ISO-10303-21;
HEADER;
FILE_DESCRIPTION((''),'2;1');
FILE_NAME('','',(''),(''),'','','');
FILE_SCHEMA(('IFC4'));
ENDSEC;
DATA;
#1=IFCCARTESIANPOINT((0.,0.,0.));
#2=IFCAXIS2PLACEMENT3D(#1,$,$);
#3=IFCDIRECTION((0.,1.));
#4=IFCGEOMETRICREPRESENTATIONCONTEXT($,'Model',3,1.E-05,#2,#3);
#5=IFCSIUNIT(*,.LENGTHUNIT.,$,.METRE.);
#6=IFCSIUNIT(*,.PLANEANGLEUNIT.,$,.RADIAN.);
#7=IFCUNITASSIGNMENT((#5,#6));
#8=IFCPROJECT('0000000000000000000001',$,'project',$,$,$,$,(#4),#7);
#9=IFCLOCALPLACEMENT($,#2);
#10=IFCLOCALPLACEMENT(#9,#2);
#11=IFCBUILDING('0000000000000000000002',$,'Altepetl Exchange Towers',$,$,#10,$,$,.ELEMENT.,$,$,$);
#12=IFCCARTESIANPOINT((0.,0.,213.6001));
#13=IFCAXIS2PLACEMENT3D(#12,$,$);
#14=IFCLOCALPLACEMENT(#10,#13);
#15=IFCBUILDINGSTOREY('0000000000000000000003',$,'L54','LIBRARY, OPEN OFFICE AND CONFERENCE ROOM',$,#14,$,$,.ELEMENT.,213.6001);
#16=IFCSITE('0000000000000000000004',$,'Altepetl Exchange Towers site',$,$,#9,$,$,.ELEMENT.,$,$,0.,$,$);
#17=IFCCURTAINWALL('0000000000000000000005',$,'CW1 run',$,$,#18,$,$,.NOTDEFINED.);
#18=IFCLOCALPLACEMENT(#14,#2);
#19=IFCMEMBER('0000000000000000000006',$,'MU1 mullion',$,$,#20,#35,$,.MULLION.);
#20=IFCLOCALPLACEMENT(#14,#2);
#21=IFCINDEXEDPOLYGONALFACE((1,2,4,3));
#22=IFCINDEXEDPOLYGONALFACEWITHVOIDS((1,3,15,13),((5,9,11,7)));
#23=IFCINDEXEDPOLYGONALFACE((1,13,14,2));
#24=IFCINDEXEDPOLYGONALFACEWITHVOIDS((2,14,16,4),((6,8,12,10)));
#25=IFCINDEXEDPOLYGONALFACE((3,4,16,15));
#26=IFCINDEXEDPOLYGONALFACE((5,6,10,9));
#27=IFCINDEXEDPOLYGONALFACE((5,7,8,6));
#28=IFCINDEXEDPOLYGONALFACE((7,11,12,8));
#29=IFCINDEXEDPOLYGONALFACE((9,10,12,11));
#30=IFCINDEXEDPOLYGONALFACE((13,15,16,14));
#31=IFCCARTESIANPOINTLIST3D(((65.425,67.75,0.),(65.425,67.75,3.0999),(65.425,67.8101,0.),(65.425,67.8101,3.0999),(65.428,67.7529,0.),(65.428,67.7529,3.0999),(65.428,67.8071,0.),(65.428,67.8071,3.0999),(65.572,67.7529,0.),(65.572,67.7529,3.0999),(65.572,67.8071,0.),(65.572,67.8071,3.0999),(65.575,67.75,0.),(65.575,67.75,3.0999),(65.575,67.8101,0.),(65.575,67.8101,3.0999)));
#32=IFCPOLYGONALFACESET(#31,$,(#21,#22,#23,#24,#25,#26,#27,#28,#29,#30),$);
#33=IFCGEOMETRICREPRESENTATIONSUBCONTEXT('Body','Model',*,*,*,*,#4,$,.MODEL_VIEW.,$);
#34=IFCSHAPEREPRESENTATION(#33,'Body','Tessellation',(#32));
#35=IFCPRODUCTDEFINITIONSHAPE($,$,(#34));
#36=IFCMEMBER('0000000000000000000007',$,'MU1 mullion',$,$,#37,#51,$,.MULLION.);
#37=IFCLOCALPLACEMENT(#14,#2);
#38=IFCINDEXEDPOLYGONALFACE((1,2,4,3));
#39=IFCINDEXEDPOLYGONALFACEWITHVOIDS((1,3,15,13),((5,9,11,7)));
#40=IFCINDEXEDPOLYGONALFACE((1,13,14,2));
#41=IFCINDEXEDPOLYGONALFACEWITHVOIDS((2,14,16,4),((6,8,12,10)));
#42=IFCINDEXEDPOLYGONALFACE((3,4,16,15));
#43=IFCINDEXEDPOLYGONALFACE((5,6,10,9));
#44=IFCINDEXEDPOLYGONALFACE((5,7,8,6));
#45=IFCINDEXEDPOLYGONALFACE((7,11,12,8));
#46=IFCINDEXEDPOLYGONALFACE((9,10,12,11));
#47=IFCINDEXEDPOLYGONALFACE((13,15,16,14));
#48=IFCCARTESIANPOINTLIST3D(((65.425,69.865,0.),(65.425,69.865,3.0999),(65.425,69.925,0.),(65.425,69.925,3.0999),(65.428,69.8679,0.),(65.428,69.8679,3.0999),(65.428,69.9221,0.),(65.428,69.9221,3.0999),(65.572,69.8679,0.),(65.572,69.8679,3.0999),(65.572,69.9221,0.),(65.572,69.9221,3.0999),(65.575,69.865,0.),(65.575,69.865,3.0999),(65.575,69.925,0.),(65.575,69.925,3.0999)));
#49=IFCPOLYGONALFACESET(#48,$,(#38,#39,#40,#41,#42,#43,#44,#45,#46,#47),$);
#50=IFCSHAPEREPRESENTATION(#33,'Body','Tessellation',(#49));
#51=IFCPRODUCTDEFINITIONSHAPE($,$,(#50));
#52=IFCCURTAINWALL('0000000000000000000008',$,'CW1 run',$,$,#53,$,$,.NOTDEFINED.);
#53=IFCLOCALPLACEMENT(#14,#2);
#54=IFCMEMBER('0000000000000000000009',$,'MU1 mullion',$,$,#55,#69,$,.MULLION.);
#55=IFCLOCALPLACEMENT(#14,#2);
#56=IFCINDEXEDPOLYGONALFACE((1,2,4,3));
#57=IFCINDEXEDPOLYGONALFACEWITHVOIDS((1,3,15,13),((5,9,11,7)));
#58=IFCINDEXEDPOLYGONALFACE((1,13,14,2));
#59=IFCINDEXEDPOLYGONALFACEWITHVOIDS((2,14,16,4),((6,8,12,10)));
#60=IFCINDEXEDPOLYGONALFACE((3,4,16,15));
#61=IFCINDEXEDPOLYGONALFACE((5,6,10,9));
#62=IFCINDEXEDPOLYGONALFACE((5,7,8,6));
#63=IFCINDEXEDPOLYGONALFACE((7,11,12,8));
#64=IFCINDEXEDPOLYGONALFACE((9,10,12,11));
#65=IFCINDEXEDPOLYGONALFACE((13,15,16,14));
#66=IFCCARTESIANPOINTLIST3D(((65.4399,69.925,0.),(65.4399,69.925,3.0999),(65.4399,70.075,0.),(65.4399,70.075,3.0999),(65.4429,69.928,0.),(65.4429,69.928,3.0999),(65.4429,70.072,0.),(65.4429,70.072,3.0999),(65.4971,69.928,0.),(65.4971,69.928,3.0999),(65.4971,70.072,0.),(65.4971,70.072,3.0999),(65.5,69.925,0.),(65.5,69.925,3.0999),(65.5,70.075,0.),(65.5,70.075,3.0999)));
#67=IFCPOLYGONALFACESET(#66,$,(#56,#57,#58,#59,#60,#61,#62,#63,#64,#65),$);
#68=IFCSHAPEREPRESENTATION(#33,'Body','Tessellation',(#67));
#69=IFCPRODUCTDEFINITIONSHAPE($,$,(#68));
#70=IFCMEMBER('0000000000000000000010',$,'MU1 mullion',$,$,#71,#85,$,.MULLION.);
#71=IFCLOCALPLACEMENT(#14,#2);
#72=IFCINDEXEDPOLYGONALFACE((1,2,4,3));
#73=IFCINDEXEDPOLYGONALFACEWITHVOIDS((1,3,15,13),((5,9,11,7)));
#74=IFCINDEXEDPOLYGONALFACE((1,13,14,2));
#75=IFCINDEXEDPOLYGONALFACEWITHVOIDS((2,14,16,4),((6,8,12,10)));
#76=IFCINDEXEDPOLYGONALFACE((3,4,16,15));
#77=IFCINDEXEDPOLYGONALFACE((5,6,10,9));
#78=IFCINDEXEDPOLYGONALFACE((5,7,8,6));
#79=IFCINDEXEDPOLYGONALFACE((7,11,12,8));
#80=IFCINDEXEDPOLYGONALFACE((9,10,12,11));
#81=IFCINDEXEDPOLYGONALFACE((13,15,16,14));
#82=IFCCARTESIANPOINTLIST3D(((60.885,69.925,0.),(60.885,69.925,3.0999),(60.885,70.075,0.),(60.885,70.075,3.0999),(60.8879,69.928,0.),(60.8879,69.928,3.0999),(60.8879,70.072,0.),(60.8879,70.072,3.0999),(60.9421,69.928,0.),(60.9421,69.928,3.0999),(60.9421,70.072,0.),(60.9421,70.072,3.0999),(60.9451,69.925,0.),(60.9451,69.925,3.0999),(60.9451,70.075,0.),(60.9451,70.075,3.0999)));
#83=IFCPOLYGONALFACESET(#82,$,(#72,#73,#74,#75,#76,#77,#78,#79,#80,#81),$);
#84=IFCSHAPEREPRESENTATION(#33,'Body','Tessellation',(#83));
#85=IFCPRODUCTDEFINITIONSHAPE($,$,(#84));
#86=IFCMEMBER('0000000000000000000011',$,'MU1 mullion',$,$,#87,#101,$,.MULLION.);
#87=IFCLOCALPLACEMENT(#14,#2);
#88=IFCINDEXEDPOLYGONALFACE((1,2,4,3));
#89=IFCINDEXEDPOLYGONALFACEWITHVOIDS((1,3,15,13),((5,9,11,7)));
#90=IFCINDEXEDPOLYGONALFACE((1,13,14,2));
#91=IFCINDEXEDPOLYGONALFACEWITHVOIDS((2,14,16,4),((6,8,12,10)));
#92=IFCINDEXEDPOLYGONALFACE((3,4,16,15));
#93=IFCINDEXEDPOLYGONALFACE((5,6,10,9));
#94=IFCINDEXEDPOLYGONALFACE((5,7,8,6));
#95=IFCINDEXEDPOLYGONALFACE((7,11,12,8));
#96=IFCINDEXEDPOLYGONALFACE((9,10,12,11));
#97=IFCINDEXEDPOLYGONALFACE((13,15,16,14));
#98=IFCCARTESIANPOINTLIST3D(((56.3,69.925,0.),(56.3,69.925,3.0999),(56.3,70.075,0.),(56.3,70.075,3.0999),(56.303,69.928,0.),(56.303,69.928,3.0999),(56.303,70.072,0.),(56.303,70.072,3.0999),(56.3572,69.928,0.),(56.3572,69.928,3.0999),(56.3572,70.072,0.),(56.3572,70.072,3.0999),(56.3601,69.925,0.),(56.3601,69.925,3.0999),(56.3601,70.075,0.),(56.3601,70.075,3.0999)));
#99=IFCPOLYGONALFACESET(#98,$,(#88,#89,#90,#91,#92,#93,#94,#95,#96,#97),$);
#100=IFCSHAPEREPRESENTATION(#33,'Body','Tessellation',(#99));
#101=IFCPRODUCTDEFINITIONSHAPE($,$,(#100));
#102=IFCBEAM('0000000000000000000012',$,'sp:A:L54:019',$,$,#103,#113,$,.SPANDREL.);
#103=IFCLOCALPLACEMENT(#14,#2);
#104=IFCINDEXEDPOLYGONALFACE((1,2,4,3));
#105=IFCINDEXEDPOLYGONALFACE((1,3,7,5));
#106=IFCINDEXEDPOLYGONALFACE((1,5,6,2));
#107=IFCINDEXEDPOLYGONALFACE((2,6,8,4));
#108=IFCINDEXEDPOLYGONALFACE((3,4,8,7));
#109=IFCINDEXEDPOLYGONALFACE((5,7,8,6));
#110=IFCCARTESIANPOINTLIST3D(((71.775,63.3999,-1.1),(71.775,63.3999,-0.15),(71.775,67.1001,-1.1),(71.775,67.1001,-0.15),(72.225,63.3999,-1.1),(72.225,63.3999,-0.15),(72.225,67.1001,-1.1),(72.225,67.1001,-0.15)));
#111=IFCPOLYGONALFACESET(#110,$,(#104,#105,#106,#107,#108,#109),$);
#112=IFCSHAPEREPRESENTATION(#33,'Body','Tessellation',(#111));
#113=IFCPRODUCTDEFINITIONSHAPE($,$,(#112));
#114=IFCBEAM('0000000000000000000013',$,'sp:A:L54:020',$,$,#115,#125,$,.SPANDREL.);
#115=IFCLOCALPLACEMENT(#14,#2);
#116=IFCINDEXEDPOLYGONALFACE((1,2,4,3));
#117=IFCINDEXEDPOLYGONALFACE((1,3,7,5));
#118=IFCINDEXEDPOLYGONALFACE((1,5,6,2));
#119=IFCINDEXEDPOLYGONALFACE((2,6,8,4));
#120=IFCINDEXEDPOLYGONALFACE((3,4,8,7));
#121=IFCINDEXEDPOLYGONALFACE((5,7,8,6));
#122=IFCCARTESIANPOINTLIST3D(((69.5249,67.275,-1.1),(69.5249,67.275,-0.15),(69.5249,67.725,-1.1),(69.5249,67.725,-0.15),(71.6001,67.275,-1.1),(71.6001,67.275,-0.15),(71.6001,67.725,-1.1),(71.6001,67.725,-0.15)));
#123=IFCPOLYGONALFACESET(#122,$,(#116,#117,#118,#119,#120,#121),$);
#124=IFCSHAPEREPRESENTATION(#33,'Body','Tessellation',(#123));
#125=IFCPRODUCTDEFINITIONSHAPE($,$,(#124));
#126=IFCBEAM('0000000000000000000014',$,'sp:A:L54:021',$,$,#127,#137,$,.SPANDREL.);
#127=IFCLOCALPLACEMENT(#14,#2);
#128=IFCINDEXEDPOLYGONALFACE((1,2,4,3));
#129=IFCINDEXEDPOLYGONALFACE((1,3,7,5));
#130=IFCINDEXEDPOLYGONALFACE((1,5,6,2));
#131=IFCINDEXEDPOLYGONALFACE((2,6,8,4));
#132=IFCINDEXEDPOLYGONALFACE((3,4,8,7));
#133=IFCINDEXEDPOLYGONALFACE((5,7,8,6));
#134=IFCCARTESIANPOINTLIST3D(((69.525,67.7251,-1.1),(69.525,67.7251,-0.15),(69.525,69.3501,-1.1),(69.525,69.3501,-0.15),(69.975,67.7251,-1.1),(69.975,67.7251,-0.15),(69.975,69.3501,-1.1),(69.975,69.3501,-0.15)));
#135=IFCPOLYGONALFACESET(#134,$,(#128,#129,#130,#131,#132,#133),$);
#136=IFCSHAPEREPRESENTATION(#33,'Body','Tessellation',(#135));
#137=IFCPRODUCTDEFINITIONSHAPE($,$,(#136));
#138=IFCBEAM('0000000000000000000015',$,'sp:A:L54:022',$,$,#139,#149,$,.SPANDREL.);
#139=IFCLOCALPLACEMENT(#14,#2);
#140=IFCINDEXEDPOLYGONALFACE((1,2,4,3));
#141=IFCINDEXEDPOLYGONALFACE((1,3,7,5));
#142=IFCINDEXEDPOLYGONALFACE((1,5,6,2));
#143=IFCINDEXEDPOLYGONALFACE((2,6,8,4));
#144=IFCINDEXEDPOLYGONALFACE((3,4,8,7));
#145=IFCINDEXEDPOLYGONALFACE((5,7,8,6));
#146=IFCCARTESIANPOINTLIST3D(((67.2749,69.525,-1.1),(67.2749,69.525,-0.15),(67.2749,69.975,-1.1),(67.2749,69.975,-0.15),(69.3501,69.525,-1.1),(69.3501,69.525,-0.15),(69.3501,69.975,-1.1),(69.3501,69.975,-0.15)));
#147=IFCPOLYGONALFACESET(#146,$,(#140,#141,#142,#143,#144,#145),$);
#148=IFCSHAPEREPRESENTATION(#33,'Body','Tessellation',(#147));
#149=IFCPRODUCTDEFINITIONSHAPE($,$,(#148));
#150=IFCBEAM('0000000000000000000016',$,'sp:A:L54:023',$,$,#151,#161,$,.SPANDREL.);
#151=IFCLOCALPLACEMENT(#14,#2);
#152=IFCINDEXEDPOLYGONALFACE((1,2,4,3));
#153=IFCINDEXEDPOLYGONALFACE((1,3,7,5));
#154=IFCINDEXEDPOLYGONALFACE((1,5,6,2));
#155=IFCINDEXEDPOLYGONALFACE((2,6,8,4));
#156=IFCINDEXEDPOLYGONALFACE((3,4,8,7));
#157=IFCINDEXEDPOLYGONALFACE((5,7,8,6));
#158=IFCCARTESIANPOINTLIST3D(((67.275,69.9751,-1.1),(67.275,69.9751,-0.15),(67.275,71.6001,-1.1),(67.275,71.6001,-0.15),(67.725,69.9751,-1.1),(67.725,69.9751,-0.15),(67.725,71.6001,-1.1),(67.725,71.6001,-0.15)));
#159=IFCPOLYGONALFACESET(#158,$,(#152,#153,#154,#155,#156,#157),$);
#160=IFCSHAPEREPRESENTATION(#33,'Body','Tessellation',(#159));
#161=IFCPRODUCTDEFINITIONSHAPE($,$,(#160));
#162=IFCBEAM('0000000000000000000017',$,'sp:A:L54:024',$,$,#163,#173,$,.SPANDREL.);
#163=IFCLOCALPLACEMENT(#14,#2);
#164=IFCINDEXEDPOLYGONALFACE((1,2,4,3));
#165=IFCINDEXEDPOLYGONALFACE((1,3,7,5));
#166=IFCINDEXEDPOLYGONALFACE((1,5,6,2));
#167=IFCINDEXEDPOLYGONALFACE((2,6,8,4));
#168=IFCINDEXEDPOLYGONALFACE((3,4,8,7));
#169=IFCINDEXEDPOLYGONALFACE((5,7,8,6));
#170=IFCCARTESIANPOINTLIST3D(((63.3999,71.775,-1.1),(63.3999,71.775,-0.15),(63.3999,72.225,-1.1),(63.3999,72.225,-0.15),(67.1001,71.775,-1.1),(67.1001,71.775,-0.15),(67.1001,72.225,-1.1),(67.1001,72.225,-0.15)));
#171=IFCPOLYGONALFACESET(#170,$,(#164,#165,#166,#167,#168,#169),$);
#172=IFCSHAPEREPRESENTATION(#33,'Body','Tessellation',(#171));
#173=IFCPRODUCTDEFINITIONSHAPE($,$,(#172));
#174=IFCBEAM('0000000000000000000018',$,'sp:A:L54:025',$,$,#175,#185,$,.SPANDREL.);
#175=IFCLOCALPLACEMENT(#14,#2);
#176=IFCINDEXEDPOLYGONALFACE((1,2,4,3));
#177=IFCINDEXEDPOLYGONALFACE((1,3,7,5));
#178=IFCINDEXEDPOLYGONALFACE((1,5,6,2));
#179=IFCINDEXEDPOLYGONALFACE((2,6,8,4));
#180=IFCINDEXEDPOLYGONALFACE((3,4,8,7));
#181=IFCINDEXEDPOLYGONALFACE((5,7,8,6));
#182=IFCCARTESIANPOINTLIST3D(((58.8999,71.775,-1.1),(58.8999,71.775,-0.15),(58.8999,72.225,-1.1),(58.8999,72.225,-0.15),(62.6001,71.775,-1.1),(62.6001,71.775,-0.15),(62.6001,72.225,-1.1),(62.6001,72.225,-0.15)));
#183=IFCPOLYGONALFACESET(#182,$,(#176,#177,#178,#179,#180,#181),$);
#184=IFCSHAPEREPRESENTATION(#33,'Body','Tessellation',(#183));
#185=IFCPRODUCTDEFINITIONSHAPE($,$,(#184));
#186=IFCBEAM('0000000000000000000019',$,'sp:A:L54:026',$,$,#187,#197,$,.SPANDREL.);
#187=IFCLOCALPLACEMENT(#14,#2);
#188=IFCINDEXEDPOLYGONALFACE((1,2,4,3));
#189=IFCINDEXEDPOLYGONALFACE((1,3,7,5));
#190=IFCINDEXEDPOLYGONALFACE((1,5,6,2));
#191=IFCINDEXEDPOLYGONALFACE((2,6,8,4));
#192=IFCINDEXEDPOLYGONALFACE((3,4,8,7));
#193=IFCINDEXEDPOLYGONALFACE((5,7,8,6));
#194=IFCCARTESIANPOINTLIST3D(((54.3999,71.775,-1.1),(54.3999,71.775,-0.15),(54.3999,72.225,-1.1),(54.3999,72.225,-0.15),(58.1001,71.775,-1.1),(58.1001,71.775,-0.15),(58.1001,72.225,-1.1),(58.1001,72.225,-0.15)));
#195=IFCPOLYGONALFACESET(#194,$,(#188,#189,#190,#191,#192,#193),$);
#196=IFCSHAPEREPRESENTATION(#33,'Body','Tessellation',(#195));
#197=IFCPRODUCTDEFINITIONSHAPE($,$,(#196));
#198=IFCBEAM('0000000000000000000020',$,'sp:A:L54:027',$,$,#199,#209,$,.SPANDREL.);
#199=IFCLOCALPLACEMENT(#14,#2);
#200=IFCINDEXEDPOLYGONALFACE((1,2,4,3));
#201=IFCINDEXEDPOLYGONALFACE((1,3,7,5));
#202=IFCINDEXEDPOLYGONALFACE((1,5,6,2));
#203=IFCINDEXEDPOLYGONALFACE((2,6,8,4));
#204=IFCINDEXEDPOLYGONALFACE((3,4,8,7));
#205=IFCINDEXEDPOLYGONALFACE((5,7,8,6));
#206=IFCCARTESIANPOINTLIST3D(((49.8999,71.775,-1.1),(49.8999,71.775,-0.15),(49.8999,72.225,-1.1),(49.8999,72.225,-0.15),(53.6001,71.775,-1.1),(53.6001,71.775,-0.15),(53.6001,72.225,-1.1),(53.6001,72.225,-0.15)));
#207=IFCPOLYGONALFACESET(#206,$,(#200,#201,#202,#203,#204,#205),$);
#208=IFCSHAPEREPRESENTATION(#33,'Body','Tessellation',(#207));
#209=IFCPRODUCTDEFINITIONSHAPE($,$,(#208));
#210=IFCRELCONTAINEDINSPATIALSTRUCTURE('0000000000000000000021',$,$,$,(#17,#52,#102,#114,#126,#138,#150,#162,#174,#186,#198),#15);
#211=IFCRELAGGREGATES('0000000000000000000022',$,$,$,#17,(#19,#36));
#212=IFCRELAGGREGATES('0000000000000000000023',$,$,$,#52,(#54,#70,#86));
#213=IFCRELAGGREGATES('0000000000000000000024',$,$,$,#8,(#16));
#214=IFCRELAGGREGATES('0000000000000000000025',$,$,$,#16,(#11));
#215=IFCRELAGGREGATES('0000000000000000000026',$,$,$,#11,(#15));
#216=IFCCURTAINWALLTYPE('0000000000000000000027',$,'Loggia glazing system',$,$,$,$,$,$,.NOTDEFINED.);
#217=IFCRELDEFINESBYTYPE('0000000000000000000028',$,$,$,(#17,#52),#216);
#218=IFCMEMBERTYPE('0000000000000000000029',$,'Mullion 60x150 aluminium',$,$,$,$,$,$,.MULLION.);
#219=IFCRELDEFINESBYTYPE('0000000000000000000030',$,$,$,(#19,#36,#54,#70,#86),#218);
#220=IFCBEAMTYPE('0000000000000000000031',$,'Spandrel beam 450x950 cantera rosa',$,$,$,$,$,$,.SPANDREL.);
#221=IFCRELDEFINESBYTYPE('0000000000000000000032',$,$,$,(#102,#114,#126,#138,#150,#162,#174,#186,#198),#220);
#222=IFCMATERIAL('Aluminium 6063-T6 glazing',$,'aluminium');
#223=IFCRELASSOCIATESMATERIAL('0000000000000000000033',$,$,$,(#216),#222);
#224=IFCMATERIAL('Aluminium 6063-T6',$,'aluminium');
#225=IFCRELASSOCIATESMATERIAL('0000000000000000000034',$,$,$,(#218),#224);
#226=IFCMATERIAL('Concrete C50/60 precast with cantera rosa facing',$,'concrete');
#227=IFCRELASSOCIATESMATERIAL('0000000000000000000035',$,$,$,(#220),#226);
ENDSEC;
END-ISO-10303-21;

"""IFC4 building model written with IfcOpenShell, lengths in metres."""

from ifc_helpers import new_model, si_unit, direction, frame, origin, origin_2d, place, context, subcontext, project, spatial, rectangle, hollow_rectangle, extrude, material, material_profile, profile_set, type_object, element, aggregate, save


model = new_model("IFC4")

# Units and contexts
model_context = context("Model", 3, precision=1e-05, world=origin(), true_north=direction((0.0, 1.0)))
body_context = subcontext(model_context, "Body", "Model", "MODEL_VIEW")
ifc_project = project(units=[si_unit("LENGTHUNIT", "METRE"), si_unit("PLANEANGLEUNIT", "RADIAN")], contexts=[model_context])

# Site, building, storey
site_placement = place(None, origin())
site = spatial("IfcSite", under=ifc_project, at=site_placement, Name="Altepetl Exchange Towers site", CompositionType="ELEMENT", RefElevation=0.0)
building_placement = place(site_placement, origin())
building = spatial("IfcBuilding", under=site, at=building_placement, Name="Altepetl Exchange Towers", CompositionType="ELEMENT")
storey_placement = place(building_placement, frame((0.0, 0.0, 213.6001)))
storey = spatial("IfcBuildingStorey", under=building, at=storey_placement, Name="L54", Description="LIBRARY, OPEN OFFICE AND CONFERENCE ROOM", CompositionType="ELEMENT", Elevation=213.6001)

# Shared definitions
ifc_material_1 = material(Name="Aluminium 6063-T6 glazing", Category="aluminium")
curtain_wall_type = type_object("IfcCurtainWallType", Name="Loggia glazing system", PredefinedType="NOTDEFINED", material=ifc_material_1)
ifc_material_2 = material(Name="Aluminium 6063-T6", Category="aluminium")
ifc_material_profile_1 = material_profile(ifc_material_2, hollow_rectangle(XDim=0.0601, YDim=0.1499, WallThickness=0.0029, at=origin_2d()), Name="Mullion 60x150 aluminium")
ifc_profile_set_1 = profile_set([ifc_material_profile_1], Name="Aluminium 6063-T6")
member_type = type_object("IfcMemberType", Name="Mullion 60x150 aluminium", PredefinedType="MULLION", material=ifc_profile_set_1)

# Curtain walls, members
curtain_wall_1_placement = place(storey_placement, origin())
curtain_wall_1 = element("IfcCurtainWall", 1, at=curtain_wall_1_placement, inside=storey, type_object=curtain_wall_type, Name="CW1 run", PredefinedType="NOTDEFINED")
member_1_placement = place(storey_placement, frame((65.5, 67.78, 0.0), z_axis=(0.0, 0.0, 1.0), x_axis=(0.0, 1.0, 0.0)))
member_1 = element("IfcMember", 2, at=member_1_placement, type_object=member_type, Name="MU1 mullion", PredefinedType="MULLION", context=body_context, shape_type="SweptSolid", body=[
    extrude(hollow_rectangle(XDim=0.0601, YDim=0.1499, WallThickness=0.0029, at=origin_2d()), origin(), (0.0, 0.0, 1.0), 3.0999),
])
member_2_placement = place(storey_placement, frame((65.5, 69.895, 0.0), z_axis=(0.0, 0.0, 1.0), x_axis=(0.0, 1.0, 0.0)))
member_2 = element("IfcMember", 3, at=member_2_placement, type_object=member_type, Name="MU1 mullion", PredefinedType="MULLION", context=body_context, shape_type="SweptSolid", body=[
    extrude(hollow_rectangle(XDim=0.0601, YDim=0.1499, WallThickness=0.0029, at=origin_2d()), origin(), (0.0, 0.0, 1.0), 3.0999),
])
curtain_wall_2_placement = place(storey_placement, origin())
curtain_wall_2 = element("IfcCurtainWall", 4, at=curtain_wall_2_placement, inside=storey, type_object=curtain_wall_type, Name="CW1 run", PredefinedType="NOTDEFINED")
member_3_placement = place(storey_placement, frame((65.47, 70.0, 0.0), z_axis=(0.0, 0.0, 1.0), x_axis=(-1.0, 0.0, 0.0)))
member_3 = element("IfcMember", 5, at=member_3_placement, type_object=member_type, Name="MU1 mullion", PredefinedType="MULLION", context=body_context, shape_type="SweptSolid", body=[
    extrude(hollow_rectangle(XDim=0.0601, YDim=0.1499, WallThickness=0.0029, at=origin_2d()), origin(), (0.0, 0.0, 1.0), 3.0999),
])
member_4_placement = place(storey_placement, frame((60.915, 70.0, 0.0), z_axis=(0.0, 0.0, 1.0), x_axis=(-1.0, 0.0, 0.0)))
member_4 = element("IfcMember", 6, at=member_4_placement, type_object=member_type, Name="MU1 mullion", PredefinedType="MULLION", context=body_context, shape_type="SweptSolid", body=[
    extrude(hollow_rectangle(XDim=0.0601, YDim=0.1499, WallThickness=0.0029, at=origin_2d()), origin(), (0.0, 0.0, 1.0), 3.0999),
])
member_5_placement = place(storey_placement, frame((56.3301, 70.0, 0.0), z_axis=(0.0, 0.0, 1.0), x_axis=(-1.0, 0.0, 0.0)))
member_5 = element("IfcMember", 7, at=member_5_placement, type_object=member_type, Name="MU1 mullion", PredefinedType="MULLION", context=body_context, shape_type="SweptSolid", body=[
    extrude(hollow_rectangle(XDim=0.0601, YDim=0.1499, WallThickness=0.0029, at=origin_2d()), origin(), (0.0, 0.0, 1.0), 3.0999),
])

# Beams
ifc_material_3 = material(Name="Concrete C50/60 precast with cantera rosa facing", Category="concrete")
ifc_material_profile_2 = material_profile(ifc_material_3, rectangle(XDim=0.45, YDim=0.95, at=origin_2d()), Name="450 x 950")
ifc_profile_set_2 = profile_set([ifc_material_profile_2], Name="Concrete C50/60 precast with cantera rosa facing")
beam_type = type_object("IfcBeamType", Name="Spandrel beam 450x950 cantera rosa", PredefinedType="SPANDREL", material=ifc_profile_set_2)
beam_1_placement = place(storey_placement, frame((72.0, 63.3999, -0.625), z_axis=(0.0, 1.0, 0.0), x_axis=(-1.0, 0.0, 0.0)))
element("IfcBeam", 8, at=beam_1_placement, inside=storey, type_object=beam_type, Name="sp:A:L54:019", PredefinedType="SPANDREL", context=body_context, shape_type="SweptSolid", body=[
    extrude(rectangle(XDim=0.45, YDim=0.95, at=origin_2d()), origin(), (0.0, 0.0, 1.0), 3.7002),
])
beam_2_placement = place(storey_placement, frame((71.6001, 67.5, -0.625), z_axis=(-1.0, 0.0, 0.0), x_axis=(0.0, -1.0, 0.0)))
element("IfcBeam", 9, at=beam_2_placement, inside=storey, type_object=beam_type, Name="sp:A:L54:020", PredefinedType="SPANDREL", context=body_context, shape_type="SweptSolid", body=[
    extrude(rectangle(XDim=0.45, YDim=0.95, at=origin_2d()), origin(), (0.0, 0.0, 1.0), 2.0752),
])
beam_3_placement = place(storey_placement, frame((69.75, 67.7251, -0.625), z_axis=(0.0, 1.0, 0.0), x_axis=(-1.0, 0.0, 0.0)))
element("IfcBeam", 10, at=beam_3_placement, inside=storey, type_object=beam_type, Name="sp:A:L54:021", PredefinedType="SPANDREL", context=body_context, shape_type="SweptSolid", body=[
    extrude(rectangle(XDim=0.45, YDim=0.95, at=origin_2d()), origin(), (0.0, 0.0, 1.0), 1.625),
])
beam_4_placement = place(storey_placement, frame((69.3501, 69.75, -0.625), z_axis=(-1.0, 0.0, 0.0), x_axis=(0.0, -1.0, 0.0)))
element("IfcBeam", 11, at=beam_4_placement, inside=storey, type_object=beam_type, Name="sp:A:L54:022", PredefinedType="SPANDREL", context=body_context, shape_type="SweptSolid", body=[
    extrude(rectangle(XDim=0.45, YDim=0.95, at=origin_2d()), origin(), (0.0, 0.0, 1.0), 2.0752),
])
beam_5_placement = place(storey_placement, frame((67.5, 69.9751, -0.625), z_axis=(0.0, 1.0, 0.0), x_axis=(-1.0, 0.0, 0.0)))
element("IfcBeam", 12, at=beam_5_placement, inside=storey, type_object=beam_type, Name="sp:A:L54:023", PredefinedType="SPANDREL", context=body_context, shape_type="SweptSolid", body=[
    extrude(rectangle(XDim=0.45, YDim=0.95, at=origin_2d()), origin(), (0.0, 0.0, 1.0), 1.625),
])
for number, where, z_axis, x_axis, name in (
    (13, (67.1001, 72.0, -0.625), (-1.0, 0.0, 0.0), (0.0, -1.0, 0.0), "sp:A:L54:024"),
    (14, (62.6001, 72.0, -0.625), (-1.0, 0.0, 0.0), (0.0, -1.0, 0.0), "sp:A:L54:025"),
    (15, (58.1001, 72.0, -0.625), (-1.0, 0.0, 0.0), (0.0, -1.0, 0.0), "sp:A:L54:026"),
    (16, (53.6001, 72.0, -0.625), (-1.0, 0.0, 0.0), (0.0, -1.0, 0.0), "sp:A:L54:027"),
):
    element("IfcBeam", number, at=place(storey_placement, frame(where, z_axis=z_axis, x_axis=x_axis)), inside=storey, type_object=beam_type, Name=name, PredefinedType="SPANDREL", context=body_context, shape_type="SweptSolid", body=[
        extrude(rectangle(XDim=0.45, YDim=0.95, at=origin_2d()), origin(), (0.0, 0.0, 1.0), 3.7002),
    ])

aggregate(curtain_wall_1, [member_1, member_2])
aggregate(curtain_wall_2, [member_3, member_4, member_5])

save(model, "model.ifc")
